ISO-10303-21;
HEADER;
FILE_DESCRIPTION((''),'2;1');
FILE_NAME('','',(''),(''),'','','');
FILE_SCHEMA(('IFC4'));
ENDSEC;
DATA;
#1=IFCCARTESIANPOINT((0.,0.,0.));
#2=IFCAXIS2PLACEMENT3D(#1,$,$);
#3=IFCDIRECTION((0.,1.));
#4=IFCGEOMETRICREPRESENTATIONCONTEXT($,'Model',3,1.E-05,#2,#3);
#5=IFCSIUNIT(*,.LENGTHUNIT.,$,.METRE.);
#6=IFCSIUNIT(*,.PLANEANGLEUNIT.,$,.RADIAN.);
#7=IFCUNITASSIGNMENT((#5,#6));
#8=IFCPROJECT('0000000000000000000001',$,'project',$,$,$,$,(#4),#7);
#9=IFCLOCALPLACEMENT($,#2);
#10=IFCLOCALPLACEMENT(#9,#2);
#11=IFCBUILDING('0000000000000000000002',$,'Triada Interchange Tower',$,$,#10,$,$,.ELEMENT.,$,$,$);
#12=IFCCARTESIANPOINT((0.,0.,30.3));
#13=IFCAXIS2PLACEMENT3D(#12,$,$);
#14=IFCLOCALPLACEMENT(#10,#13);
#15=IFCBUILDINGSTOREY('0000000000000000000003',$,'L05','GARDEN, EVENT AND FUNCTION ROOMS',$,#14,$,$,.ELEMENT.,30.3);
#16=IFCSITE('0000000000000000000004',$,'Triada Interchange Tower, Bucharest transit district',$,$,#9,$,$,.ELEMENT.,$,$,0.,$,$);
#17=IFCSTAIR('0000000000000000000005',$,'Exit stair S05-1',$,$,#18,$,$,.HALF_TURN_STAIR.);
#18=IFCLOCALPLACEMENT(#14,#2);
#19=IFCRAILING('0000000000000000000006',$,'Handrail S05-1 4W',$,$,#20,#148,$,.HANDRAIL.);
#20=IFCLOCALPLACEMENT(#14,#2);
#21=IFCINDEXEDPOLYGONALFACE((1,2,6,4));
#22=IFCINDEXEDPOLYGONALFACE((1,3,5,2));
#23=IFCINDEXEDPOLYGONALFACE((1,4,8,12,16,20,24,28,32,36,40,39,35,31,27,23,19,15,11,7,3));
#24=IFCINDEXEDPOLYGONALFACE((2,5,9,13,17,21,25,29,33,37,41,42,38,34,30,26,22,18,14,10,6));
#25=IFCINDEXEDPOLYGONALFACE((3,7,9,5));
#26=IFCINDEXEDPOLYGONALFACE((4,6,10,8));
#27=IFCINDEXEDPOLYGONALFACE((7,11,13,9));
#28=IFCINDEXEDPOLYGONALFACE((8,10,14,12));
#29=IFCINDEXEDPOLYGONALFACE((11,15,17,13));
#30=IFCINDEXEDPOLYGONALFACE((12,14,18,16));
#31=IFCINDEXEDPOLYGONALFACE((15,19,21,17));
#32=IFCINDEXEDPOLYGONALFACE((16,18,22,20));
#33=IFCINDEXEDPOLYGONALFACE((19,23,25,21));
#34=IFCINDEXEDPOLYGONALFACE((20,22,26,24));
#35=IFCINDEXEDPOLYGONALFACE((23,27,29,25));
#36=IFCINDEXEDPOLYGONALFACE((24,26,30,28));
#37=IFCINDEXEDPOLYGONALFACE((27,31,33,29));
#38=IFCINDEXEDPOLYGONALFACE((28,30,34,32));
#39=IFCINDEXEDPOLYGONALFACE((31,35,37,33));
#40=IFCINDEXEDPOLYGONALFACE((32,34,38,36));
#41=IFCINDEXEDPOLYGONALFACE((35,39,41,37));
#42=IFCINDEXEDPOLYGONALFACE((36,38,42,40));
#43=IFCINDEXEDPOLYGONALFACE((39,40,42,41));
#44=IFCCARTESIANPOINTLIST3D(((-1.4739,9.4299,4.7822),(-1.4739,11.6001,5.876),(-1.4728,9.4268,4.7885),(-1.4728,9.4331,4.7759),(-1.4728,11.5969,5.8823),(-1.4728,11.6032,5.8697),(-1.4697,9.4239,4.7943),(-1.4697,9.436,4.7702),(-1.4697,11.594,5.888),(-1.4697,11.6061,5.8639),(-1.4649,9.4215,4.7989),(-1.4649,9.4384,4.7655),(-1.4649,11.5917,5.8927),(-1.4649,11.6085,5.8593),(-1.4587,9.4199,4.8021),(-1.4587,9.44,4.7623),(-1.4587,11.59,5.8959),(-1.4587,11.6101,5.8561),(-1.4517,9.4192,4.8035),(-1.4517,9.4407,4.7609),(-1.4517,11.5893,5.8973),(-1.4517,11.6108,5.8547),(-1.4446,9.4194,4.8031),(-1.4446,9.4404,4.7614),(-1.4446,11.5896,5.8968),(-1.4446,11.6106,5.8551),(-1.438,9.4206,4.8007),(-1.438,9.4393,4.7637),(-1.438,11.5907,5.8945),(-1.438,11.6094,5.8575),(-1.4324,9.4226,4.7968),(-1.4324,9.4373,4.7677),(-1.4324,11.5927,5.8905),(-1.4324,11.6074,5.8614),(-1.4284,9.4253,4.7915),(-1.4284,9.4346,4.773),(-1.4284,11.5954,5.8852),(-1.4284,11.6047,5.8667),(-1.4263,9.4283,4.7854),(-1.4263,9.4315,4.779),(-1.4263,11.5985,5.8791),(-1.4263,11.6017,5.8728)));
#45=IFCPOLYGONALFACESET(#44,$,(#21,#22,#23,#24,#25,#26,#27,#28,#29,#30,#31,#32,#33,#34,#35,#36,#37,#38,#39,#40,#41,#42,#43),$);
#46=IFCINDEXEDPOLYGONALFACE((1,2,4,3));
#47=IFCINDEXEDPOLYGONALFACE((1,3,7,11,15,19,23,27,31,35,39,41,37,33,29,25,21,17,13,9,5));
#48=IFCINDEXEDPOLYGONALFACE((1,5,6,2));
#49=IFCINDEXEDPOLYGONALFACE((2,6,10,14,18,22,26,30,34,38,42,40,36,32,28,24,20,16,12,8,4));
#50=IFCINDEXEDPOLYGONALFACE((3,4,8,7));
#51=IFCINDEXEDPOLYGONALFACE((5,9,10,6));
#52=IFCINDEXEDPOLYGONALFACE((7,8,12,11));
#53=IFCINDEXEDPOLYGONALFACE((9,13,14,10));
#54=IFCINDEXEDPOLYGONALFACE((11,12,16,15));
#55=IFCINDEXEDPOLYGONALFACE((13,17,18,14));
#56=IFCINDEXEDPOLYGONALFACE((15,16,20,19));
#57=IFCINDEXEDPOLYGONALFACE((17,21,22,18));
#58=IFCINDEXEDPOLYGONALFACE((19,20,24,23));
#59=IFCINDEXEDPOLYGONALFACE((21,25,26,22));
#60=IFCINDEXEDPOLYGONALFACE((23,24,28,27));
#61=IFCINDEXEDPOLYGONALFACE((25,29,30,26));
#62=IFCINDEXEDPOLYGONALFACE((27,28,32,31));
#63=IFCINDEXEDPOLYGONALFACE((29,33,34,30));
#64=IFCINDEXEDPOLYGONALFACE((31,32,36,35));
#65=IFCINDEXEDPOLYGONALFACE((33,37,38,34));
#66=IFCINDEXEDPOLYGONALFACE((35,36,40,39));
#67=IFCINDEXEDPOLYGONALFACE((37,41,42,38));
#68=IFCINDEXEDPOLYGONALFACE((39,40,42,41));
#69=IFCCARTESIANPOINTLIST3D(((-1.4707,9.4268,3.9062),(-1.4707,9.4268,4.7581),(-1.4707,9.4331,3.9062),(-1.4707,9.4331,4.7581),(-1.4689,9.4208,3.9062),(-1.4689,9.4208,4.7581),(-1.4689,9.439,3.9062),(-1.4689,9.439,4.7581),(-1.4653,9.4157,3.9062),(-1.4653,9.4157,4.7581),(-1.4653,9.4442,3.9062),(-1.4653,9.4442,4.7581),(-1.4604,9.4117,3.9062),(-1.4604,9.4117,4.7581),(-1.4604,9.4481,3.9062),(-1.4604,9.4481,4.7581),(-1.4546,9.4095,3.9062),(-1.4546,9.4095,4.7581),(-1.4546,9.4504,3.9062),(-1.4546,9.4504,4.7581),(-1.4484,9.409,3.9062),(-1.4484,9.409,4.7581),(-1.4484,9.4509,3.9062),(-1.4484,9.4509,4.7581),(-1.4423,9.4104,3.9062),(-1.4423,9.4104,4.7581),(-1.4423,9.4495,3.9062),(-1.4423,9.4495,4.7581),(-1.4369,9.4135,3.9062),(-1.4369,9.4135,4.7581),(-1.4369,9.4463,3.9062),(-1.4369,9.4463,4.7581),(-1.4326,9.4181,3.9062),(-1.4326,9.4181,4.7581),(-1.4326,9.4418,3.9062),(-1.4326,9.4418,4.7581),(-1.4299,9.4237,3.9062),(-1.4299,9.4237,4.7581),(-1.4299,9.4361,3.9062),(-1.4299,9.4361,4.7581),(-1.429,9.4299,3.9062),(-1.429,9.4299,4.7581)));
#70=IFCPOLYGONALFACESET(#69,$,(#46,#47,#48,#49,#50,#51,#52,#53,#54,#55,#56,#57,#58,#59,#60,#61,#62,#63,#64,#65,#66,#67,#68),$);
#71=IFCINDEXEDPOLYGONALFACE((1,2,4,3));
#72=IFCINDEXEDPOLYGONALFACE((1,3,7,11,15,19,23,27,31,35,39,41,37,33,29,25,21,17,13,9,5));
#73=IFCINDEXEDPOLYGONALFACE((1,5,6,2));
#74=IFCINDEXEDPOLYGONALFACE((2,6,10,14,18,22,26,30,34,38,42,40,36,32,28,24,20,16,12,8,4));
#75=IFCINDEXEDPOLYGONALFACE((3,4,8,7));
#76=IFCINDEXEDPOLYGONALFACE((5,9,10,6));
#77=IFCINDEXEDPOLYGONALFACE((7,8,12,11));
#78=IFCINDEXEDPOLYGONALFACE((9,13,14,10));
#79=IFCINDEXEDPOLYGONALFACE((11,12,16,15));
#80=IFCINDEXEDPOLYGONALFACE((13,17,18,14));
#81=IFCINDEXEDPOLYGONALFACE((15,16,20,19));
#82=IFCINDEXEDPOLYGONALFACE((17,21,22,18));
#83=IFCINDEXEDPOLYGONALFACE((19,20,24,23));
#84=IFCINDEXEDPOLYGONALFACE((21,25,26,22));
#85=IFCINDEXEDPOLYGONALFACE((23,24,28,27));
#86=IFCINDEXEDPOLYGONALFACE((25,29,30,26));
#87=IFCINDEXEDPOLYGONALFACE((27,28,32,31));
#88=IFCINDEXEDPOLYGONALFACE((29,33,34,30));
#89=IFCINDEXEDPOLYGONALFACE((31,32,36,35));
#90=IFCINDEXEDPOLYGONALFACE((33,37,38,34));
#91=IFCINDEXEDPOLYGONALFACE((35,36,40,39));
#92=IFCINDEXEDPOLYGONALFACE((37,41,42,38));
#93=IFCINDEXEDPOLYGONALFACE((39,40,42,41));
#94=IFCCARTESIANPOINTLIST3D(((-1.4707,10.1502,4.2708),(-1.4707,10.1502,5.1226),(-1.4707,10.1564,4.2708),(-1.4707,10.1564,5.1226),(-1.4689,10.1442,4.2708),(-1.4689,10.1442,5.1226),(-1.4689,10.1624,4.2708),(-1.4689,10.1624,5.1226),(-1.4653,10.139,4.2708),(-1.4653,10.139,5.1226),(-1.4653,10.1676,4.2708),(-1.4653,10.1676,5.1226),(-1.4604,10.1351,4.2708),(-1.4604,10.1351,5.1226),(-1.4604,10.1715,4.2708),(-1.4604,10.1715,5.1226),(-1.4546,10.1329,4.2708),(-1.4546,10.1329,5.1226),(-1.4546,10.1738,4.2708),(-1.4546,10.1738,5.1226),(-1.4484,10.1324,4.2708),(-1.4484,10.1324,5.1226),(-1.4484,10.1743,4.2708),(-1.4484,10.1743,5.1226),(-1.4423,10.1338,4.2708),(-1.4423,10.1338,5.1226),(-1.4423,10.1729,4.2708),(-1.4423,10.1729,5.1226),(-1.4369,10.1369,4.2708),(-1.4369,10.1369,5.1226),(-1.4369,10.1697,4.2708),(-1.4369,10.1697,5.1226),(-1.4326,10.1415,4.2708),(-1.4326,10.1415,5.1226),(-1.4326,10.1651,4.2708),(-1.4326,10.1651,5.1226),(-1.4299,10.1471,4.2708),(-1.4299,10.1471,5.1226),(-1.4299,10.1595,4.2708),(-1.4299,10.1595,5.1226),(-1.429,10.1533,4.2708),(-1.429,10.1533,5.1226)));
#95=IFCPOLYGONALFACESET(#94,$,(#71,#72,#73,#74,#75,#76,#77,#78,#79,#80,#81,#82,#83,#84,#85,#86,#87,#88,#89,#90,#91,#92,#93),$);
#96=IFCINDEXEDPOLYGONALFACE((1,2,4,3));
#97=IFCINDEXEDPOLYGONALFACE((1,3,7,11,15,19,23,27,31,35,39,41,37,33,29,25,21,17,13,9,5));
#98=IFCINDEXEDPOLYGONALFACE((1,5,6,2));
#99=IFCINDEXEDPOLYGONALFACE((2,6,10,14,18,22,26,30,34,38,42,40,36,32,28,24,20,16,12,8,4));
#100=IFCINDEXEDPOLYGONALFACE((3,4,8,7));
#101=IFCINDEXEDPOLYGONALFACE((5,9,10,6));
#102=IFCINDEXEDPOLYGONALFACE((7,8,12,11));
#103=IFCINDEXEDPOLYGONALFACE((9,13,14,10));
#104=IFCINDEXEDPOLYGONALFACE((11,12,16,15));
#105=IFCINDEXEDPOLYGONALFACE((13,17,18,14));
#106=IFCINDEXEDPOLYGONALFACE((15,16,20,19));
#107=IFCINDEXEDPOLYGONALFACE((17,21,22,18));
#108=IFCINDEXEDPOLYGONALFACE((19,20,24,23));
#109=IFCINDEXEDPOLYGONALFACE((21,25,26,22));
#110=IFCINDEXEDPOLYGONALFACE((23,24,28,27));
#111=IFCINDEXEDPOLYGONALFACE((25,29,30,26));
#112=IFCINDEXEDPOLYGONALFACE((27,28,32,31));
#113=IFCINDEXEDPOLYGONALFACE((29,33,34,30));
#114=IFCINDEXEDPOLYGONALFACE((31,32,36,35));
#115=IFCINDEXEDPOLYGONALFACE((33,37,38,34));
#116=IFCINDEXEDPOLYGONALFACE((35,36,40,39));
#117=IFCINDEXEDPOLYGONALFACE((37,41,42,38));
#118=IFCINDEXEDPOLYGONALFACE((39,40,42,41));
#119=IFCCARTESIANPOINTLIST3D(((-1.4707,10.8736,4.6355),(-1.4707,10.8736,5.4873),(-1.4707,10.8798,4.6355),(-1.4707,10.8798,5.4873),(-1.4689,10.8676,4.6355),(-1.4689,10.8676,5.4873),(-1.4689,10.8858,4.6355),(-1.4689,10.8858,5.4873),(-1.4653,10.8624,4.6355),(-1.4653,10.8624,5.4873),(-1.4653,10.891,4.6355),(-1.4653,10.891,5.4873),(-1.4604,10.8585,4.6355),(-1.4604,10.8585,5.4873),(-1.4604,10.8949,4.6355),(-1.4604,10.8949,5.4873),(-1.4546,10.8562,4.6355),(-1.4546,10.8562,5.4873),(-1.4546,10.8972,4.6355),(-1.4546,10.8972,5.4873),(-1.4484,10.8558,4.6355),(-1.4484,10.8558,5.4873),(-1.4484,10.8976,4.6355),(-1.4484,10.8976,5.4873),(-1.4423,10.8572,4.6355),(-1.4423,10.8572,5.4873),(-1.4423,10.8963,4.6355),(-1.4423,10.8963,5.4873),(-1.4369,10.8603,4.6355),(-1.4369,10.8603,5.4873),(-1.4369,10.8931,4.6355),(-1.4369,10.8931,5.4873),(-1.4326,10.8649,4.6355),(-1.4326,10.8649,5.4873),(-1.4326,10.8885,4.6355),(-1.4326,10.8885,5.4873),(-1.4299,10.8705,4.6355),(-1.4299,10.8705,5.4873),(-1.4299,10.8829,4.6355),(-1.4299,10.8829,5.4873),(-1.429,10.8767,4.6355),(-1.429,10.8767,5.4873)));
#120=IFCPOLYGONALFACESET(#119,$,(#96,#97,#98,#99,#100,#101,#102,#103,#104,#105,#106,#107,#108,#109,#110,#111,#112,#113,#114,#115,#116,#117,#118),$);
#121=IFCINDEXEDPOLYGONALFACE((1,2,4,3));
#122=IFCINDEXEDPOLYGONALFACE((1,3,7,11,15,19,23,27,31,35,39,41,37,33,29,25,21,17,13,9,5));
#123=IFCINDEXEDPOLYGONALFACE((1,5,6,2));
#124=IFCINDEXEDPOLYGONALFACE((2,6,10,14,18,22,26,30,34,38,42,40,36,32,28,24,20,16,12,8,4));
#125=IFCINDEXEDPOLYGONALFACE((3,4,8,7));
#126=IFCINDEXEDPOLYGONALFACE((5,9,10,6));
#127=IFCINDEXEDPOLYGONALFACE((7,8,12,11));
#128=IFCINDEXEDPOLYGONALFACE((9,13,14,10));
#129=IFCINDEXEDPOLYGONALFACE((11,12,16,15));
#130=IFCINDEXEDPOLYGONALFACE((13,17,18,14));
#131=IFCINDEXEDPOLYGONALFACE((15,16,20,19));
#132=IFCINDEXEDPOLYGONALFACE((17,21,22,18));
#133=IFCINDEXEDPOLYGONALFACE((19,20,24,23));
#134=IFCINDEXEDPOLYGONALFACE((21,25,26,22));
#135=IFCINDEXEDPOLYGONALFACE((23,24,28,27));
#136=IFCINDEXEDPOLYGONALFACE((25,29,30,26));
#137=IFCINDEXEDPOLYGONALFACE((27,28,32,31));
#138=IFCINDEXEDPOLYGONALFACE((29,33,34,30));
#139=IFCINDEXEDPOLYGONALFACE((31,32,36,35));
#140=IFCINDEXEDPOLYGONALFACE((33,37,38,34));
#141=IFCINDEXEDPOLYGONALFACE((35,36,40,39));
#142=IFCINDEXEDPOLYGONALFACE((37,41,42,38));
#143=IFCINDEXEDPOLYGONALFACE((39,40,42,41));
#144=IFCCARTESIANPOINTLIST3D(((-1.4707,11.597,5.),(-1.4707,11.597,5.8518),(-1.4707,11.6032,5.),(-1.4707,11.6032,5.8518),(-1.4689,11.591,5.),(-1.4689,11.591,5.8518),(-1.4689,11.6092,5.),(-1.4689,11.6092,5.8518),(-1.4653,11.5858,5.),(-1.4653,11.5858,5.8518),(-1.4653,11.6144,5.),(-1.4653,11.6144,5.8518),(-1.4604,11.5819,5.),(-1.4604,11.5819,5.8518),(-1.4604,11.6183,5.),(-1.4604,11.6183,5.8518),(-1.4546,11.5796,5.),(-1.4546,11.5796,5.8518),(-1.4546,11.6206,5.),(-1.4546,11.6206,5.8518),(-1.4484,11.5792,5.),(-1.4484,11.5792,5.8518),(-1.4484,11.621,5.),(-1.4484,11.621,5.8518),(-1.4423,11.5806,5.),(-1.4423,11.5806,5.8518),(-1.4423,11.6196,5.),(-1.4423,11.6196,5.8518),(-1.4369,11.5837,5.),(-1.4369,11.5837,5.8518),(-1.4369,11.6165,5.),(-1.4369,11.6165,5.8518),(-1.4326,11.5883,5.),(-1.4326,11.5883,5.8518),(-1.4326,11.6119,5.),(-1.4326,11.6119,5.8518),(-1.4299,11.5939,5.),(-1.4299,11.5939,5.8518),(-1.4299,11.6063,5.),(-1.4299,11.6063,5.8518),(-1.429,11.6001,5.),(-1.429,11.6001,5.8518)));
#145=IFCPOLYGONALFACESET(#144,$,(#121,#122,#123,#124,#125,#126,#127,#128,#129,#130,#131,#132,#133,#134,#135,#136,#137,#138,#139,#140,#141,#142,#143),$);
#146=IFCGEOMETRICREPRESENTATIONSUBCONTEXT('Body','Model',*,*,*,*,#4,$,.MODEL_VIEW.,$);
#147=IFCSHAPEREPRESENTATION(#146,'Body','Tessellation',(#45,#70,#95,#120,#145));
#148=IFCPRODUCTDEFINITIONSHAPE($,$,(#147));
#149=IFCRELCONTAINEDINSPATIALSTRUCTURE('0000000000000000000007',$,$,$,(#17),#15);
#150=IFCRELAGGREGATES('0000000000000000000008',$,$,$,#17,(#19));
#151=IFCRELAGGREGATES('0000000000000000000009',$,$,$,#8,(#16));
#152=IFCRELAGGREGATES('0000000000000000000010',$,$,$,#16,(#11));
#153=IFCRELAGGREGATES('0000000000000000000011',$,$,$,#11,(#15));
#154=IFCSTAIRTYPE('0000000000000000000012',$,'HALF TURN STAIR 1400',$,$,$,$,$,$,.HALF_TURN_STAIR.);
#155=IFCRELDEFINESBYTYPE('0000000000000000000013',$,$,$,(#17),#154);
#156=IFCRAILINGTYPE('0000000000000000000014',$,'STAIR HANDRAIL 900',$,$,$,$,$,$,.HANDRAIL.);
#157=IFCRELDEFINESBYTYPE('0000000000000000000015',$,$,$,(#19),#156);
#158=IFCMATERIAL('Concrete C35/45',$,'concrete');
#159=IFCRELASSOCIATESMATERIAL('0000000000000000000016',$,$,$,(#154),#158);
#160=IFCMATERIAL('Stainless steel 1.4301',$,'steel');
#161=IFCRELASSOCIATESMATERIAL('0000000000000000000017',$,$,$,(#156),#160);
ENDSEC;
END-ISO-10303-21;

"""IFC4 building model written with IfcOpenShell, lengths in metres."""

from ifc_helpers import new_model, si_unit, direction, frame, origin, origin_2d, place, context, subcontext, project, spatial, circle, extrude, material, type_object, element, aggregate, save


model = new_model("IFC4")

# Units and contexts
model_context = context("Model", 3, precision=1e-05, world=origin(), true_north=direction((0.0, 1.0)))
body_context = subcontext(model_context, "Body", "Model", "MODEL_VIEW")
ifc_project = project(units=[si_unit("LENGTHUNIT", "METRE"), si_unit("PLANEANGLEUNIT", "RADIAN")], contexts=[model_context])

# Site, building, storey
site_placement = place(None, origin())
site = spatial("IfcSite", under=ifc_project, at=site_placement, Name="Triada Interchange Tower, Bucharest transit district", CompositionType="ELEMENT", RefElevation=0.0)
building_placement = place(site_placement, origin())
building = spatial("IfcBuilding", under=site, at=building_placement, Name="Triada Interchange Tower", CompositionType="ELEMENT")
storey_placement = place(building_placement, frame((0.0, 0.0, 30.3)))
storey = spatial("IfcBuildingStorey", under=building, at=storey_placement, Name="L05", Description="GARDEN, EVENT AND FUNCTION ROOMS", CompositionType="ELEMENT", Elevation=30.3)

# Stair, railing
ifc_material_1 = material(Name="Concrete C35/45", Category="concrete")
stair_type = type_object("IfcStairType", Name="HALF TURN STAIR 1400", PredefinedType="HALF_TURN_STAIR", material=ifc_material_1)
stair_placement = place(storey_placement, origin())
stair = element("IfcStair", 1, at=stair_placement, inside=storey, type_object=stair_type, Name="Exit stair S05-1", PredefinedType="HALF_TURN_STAIR")
ifc_material_2 = material(Name="Stainless steel 1.4301", Category="steel")
railing_type = type_object("IfcRailingType", Name="STAIR HANDRAIL 900", PredefinedType="HANDRAIL", material=ifc_material_2)
railing_1_placement = place(storey_placement, frame((-1.45, 9.4299, 3.9062)))
railing_1 = element("IfcRailing", 2, at=railing_1_placement, type_object=railing_type, Name="Handrail S05-1 4W", PredefinedType="HANDRAIL", context=body_context, shape_type="SweptSolid", body=[
    extrude(circle(Radius=0.0239, at=origin_2d()), frame((0.0, 0.0, 0.876), z_axis=(0.0, 0.892996, 0.450064), x_axis=(-1.0, 0.0, 0.0)), (0.0, 0.0, 1.0), 2.4302),
    extrude(circle(Radius=0.021, at=origin_2d()), origin(), (0.0, 0.0, 1.0), 0.8518),
    extrude(circle(Radius=0.021, at=origin_2d()), frame((0.0, 0.7234, 0.3645)), (0.0, 0.0, 1.0), 0.8518),
    extrude(circle(Radius=0.021, at=origin_2d()), frame((0.0, 1.4468, 0.7292)), (0.0, 0.0, 1.0), 0.8518),
    extrude(circle(Radius=0.021, at=origin_2d()), frame((0.0, 2.1702, 1.0938)), (0.0, 0.0, 1.0), 0.8518),
])
aggregate(stair, [railing_1])

save(model, "model.ifc")
